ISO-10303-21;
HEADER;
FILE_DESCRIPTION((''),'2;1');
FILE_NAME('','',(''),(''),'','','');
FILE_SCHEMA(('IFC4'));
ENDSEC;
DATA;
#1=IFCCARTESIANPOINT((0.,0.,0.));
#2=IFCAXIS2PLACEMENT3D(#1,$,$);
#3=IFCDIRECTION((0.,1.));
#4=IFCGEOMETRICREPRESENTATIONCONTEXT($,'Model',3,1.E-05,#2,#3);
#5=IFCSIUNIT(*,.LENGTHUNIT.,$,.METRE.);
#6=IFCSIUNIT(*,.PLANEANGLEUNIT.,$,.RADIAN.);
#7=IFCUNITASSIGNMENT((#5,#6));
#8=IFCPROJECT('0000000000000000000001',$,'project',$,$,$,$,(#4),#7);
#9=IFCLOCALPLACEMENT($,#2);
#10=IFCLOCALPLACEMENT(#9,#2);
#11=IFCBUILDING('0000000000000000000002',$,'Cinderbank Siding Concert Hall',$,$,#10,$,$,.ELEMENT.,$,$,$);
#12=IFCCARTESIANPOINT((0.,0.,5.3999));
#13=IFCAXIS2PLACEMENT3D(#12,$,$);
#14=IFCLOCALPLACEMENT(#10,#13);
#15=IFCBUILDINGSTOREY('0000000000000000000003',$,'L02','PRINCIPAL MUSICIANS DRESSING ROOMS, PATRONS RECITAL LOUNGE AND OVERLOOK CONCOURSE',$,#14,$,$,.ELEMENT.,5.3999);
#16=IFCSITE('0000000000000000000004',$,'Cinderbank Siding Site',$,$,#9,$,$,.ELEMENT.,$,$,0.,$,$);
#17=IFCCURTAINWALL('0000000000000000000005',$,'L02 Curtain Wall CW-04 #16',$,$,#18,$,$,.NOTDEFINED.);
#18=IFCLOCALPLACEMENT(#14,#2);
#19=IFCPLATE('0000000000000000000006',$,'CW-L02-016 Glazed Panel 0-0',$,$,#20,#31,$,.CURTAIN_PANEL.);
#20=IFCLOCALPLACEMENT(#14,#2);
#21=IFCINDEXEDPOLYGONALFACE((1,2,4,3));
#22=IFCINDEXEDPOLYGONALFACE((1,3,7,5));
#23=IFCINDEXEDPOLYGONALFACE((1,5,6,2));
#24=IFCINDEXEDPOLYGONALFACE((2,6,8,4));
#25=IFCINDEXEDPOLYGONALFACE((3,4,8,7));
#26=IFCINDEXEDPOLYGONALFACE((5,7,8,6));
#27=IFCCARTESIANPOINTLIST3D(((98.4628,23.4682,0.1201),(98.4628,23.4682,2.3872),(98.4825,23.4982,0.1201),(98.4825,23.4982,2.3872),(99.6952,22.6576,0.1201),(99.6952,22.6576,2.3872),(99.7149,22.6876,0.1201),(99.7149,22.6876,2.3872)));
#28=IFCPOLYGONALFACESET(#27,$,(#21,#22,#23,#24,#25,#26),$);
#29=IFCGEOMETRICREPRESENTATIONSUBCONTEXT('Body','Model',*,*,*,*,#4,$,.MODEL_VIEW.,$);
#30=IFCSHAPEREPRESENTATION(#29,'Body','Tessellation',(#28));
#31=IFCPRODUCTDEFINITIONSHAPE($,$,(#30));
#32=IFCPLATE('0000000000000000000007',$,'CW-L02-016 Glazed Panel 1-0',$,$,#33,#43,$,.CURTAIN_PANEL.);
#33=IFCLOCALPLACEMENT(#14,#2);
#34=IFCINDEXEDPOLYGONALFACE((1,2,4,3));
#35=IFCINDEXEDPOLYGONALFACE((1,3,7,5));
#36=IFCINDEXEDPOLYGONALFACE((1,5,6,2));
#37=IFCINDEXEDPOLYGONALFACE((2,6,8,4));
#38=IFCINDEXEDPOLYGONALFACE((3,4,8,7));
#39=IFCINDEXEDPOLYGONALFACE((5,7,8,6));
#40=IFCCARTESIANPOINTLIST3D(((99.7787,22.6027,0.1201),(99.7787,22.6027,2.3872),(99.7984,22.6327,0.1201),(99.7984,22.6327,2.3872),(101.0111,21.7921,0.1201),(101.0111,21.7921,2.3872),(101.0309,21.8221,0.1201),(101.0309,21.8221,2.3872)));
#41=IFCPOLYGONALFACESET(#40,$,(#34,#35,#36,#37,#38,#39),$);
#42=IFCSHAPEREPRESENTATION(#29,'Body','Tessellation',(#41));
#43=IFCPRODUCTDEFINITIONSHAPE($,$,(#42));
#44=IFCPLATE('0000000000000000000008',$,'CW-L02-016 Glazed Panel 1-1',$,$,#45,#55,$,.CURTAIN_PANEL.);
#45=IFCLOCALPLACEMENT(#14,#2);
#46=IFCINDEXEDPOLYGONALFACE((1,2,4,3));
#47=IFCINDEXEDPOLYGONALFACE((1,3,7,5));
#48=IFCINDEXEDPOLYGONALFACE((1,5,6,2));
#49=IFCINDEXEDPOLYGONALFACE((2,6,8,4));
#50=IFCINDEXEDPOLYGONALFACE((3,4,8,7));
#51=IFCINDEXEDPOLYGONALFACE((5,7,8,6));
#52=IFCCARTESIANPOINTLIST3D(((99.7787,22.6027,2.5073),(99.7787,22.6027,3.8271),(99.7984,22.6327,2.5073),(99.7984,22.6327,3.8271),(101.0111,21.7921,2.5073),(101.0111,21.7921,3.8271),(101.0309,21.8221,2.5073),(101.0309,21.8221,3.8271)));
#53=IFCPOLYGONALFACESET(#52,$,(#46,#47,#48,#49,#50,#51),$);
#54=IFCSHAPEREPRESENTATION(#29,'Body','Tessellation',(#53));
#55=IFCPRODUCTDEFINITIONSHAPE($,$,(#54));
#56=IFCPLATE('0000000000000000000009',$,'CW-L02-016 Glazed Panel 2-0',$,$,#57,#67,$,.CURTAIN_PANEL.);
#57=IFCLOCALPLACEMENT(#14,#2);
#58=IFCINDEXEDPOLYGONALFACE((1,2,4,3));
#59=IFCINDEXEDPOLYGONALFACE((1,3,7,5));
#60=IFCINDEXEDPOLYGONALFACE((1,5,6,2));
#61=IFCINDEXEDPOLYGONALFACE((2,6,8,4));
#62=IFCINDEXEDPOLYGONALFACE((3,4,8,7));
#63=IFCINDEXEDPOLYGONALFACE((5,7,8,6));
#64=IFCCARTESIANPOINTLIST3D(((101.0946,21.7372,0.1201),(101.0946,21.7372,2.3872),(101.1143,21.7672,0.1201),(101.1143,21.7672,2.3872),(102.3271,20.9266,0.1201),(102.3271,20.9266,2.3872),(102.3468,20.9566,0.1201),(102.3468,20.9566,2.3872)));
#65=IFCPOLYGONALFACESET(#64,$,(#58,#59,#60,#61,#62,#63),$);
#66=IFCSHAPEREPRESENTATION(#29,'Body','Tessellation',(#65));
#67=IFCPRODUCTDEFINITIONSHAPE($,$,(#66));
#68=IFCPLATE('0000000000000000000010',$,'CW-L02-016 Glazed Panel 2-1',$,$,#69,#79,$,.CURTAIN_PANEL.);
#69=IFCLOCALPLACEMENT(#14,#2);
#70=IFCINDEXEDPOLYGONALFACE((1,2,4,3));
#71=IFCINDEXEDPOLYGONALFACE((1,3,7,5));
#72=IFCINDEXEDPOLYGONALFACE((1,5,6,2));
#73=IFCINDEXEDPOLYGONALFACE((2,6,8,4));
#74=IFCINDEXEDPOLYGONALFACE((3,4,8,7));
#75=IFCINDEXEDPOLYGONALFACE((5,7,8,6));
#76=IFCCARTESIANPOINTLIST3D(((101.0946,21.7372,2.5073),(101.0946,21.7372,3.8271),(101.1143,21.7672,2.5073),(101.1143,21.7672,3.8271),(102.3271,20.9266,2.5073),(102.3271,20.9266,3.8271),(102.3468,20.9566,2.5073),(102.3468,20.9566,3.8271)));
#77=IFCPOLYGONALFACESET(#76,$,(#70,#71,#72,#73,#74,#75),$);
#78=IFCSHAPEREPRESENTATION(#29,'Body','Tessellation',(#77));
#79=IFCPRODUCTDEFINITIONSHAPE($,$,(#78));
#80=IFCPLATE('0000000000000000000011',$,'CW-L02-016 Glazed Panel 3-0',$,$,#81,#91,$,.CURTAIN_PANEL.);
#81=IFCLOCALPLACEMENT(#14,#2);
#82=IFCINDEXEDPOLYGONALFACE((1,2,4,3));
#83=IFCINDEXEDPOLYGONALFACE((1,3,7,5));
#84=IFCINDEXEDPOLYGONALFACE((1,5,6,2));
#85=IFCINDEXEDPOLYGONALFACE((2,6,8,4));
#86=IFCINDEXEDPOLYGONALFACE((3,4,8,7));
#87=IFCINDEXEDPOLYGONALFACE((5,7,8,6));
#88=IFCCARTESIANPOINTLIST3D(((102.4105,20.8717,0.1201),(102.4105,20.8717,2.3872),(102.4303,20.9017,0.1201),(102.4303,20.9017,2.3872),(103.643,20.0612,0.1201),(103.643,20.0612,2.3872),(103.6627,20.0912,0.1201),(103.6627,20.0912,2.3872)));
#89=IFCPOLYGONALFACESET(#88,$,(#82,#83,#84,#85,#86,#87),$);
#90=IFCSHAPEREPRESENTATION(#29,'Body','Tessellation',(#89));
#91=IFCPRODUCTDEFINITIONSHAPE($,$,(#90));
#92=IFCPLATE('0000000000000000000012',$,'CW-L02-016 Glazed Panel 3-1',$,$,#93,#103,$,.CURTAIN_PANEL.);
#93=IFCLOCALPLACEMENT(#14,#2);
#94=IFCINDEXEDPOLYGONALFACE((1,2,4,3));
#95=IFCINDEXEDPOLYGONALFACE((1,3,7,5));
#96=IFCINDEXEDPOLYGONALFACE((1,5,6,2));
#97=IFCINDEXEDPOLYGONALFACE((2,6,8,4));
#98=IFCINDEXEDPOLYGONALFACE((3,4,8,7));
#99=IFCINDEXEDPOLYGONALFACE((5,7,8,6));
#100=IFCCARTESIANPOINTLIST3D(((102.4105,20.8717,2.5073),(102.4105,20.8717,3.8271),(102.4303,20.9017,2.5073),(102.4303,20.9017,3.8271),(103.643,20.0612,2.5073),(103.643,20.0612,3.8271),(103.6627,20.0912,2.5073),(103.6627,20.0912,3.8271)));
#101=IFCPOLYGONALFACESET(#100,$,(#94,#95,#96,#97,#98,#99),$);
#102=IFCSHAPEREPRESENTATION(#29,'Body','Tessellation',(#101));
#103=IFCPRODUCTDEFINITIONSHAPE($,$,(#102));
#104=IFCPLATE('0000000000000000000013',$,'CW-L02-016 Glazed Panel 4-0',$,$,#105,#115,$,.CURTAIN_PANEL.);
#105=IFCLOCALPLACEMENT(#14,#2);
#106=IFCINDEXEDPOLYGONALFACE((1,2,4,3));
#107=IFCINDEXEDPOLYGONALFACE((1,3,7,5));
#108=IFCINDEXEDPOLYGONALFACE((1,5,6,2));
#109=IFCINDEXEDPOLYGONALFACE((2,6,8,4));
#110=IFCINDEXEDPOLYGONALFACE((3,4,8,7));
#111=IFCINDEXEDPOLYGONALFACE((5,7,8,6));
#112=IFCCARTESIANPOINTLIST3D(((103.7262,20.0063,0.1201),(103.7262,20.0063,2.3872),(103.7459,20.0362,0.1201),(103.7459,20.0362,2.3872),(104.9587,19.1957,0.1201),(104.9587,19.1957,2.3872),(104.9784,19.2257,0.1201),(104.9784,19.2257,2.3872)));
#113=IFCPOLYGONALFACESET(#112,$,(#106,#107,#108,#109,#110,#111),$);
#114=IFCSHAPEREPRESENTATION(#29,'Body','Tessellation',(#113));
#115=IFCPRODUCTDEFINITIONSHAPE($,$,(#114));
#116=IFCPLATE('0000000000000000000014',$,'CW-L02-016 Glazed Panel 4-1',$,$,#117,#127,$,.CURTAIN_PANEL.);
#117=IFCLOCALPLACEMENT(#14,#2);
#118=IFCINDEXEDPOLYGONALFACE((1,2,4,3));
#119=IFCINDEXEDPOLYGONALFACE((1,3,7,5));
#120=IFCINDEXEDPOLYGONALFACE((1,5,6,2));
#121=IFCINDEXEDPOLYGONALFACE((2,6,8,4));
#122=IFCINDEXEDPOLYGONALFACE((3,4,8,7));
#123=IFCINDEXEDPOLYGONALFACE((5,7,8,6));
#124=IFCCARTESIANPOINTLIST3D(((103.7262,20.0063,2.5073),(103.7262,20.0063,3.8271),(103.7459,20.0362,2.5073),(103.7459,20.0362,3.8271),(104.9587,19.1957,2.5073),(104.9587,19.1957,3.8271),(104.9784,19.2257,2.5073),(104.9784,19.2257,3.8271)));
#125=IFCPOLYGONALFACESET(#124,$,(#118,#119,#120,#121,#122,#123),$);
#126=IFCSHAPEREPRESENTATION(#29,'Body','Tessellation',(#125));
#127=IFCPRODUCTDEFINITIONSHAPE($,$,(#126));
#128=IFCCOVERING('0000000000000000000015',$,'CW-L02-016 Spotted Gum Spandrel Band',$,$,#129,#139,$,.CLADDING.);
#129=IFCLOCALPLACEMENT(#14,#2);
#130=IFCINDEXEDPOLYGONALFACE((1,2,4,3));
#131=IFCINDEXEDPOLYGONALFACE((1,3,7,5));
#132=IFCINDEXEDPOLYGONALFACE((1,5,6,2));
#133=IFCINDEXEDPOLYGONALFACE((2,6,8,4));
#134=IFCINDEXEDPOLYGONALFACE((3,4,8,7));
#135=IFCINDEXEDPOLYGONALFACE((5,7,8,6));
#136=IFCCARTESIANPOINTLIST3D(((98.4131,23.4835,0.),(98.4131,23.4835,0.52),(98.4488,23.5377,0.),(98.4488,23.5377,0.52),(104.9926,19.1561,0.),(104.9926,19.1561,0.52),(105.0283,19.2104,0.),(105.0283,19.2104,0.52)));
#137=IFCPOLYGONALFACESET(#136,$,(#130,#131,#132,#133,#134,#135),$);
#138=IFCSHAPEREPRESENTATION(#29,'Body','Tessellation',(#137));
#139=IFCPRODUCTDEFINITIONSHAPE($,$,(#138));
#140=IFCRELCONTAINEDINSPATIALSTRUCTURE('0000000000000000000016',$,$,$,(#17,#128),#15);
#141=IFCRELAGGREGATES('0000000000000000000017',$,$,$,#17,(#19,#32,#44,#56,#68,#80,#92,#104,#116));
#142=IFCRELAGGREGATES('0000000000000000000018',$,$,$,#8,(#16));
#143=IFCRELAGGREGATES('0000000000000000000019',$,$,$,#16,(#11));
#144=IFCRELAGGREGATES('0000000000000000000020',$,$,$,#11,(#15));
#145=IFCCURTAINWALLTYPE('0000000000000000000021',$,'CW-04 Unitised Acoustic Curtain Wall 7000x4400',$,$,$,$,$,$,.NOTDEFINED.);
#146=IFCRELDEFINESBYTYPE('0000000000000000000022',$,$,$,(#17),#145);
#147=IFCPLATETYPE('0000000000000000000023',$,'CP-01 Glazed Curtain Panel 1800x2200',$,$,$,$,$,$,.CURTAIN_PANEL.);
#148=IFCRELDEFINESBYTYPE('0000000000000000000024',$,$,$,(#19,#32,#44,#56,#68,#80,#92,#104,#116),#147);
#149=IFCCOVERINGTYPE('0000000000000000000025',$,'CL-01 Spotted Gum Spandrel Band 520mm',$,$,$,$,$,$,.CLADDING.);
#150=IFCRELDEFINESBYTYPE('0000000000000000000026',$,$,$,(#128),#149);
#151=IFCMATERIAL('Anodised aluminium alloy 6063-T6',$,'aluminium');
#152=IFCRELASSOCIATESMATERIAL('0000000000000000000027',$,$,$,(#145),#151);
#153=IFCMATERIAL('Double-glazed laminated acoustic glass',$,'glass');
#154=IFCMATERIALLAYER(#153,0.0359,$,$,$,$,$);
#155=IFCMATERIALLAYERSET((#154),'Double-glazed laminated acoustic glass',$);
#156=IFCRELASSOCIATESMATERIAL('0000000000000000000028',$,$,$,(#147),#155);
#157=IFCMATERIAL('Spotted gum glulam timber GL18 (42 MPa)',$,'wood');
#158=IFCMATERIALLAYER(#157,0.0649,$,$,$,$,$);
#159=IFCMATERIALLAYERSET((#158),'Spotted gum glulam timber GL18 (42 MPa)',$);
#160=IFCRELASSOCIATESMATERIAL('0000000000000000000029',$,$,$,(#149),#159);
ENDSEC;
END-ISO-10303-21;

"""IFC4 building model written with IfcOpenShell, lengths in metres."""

from ifc_helpers import new_model, si_unit, direction, frame, origin, origin_2d, place, context, subcontext, project, spatial, rectangle, extrude, material, layer, layer_set, type_object, element, aggregate, save


model = new_model("IFC4")

# Units and contexts
model_context = context("Model", 3, precision=1e-05, world=origin(), true_north=direction((0.0, 1.0)))
body_context = subcontext(model_context, "Body", "Model", "MODEL_VIEW")
ifc_project = project(units=[si_unit("LENGTHUNIT", "METRE"), si_unit("PLANEANGLEUNIT", "RADIAN")], contexts=[model_context])

# Site, building, storey
site_placement = place(None, origin())
site = spatial("IfcSite", under=ifc_project, at=site_placement, Name="Cinderbank Siding Site", CompositionType="ELEMENT", RefElevation=0.0)
building_placement = place(site_placement, origin())
building = spatial("IfcBuilding", under=site, at=building_placement, Name="Cinderbank Siding Concert Hall", CompositionType="ELEMENT")
storey_placement = place(building_placement, frame((0.0, 0.0, 5.3999)))
storey = spatial("IfcBuildingStorey", under=building, at=storey_placement, Name="L02", Description="PRINCIPAL MUSICIANS DRESSING ROOMS, PATRONS RECITAL LOUNGE AND OVERLOOK CONCOURSE", CompositionType="ELEMENT", Elevation=5.3999)

# Curtain wall, plates
ifc_material_1 = material(Name="Anodised aluminium alloy 6063-T6", Category="aluminium")
curtain_wall_type = type_object("IfcCurtainWallType", Name="CW-04 Unitised Acoustic Curtain Wall 7000x4400", PredefinedType="NOTDEFINED", material=ifc_material_1)
curtain_wall_placement = place(storey_placement, origin())
curtain_wall = element("IfcCurtainWall", 1, at=curtain_wall_placement, inside=storey, type_object=curtain_wall_type, Name="L02 Curtain Wall CW-04 #16", PredefinedType="NOTDEFINED")
ifc_material_2 = material(Name="Double-glazed laminated acoustic glass", Category="glass")
ifc_layer_1 = layer(ifc_material_2, 0.0359)
ifc_layer_set_1 = layer_set([ifc_layer_1], Name="Double-glazed laminated acoustic glass")
plate_type = type_object("IfcPlateType", Name="CP-01 Glazed Curtain Panel 1800x2200", PredefinedType="CURTAIN_PANEL", material=ifc_layer_set_1)
plate_1_placement = place(storey_placement, frame((99.0889, 23.0779, 0.1201), z_axis=(0.0, 0.0, 1.0), x_axis=(0.835492, -0.549503, 0.0)))
plate_1 = element("IfcPlate", 2, at=plate_1_placement, type_object=plate_type, Name="CW-L02-016 Glazed Panel 0-0", PredefinedType="CURTAIN_PANEL", context=body_context, shape_type="SweptSolid", body=[
    extrude(rectangle(XDim=1.4751, YDim=0.0359, at=origin_2d()), origin(), (0.0, 0.0, 1.0), 2.2671),
])
plate_2_placement = place(storey_placement, frame((100.4048, 22.2124, 0.1201), z_axis=(0.0, 0.0, 1.0), x_axis=(0.835492, -0.549503, 0.0)))
plate_2 = element("IfcPlate", 3, at=plate_2_placement, type_object=plate_type, Name="CW-L02-016 Glazed Panel 1-0", PredefinedType="CURTAIN_PANEL", context=body_context, shape_type="SweptSolid", body=[
    extrude(rectangle(XDim=1.4751, YDim=0.0359, at=origin_2d()), origin(), (0.0, 0.0, 1.0), 2.2671),
])
plate_3_placement = place(storey_placement, frame((100.4048, 22.2124, 2.5073), z_axis=(0.0, 0.0, 1.0), x_axis=(0.835492, -0.549503, 0.0)))
plate_3 = element("IfcPlate", 4, at=plate_3_placement, type_object=plate_type, Name="CW-L02-016 Glazed Panel 1-1", PredefinedType="CURTAIN_PANEL", context=body_context, shape_type="SweptSolid", body=[
    extrude(rectangle(XDim=1.4751, YDim=0.0359, at=origin_2d()), origin(), (0.0, 0.0, 1.0), 1.3198),
])
plate_4_placement = place(storey_placement, frame((101.7207, 21.3469, 0.1201), z_axis=(0.0, 0.0, 1.0), x_axis=(0.835492, -0.549503, 0.0)))
plate_4 = element("IfcPlate", 5, at=plate_4_placement, type_object=plate_type, Name="CW-L02-016 Glazed Panel 2-0", PredefinedType="CURTAIN_PANEL", context=body_context, shape_type="SweptSolid", body=[
    extrude(rectangle(XDim=1.4751, YDim=0.0359, at=origin_2d()), origin(), (0.0, 0.0, 1.0), 2.2671),
])
plate_5_placement = place(storey_placement, frame((101.7207, 21.3469, 2.5073), z_axis=(0.0, 0.0, 1.0), x_axis=(0.835492, -0.549503, 0.0)))
plate_5 = element("IfcPlate", 6, at=plate_5_placement, type_object=plate_type, Name="CW-L02-016 Glazed Panel 2-1", PredefinedType="CURTAIN_PANEL", context=body_context, shape_type="SweptSolid", body=[
    extrude(rectangle(XDim=1.4751, YDim=0.0359, at=origin_2d()), origin(), (0.0, 0.0, 1.0), 1.3198),
])
plate_6_placement = place(storey_placement, frame((103.0366, 20.4814, 0.1201), z_axis=(0.0, 0.0, 1.0), x_axis=(0.835492, -0.549503, 0.0)))
plate_6 = element("IfcPlate", 7, at=plate_6_placement, type_object=plate_type, Name="CW-L02-016 Glazed Panel 3-0", PredefinedType="CURTAIN_PANEL", context=body_context, shape_type="SweptSolid", body=[
    extrude(rectangle(XDim=1.4751, YDim=0.0359, at=origin_2d()), origin(), (0.0, 0.0, 1.0), 2.2671),
])
plate_7_placement = place(storey_placement, frame((103.0366, 20.4814, 2.5073), z_axis=(0.0, 0.0, 1.0), x_axis=(0.835492, -0.549503, 0.0)))
plate_7 = element("IfcPlate", 8, at=plate_7_placement, type_object=plate_type, Name="CW-L02-016 Glazed Panel 3-1", PredefinedType="CURTAIN_PANEL", context=body_context, shape_type="SweptSolid", body=[
    extrude(rectangle(XDim=1.4751, YDim=0.0359, at=origin_2d()), origin(), (0.0, 0.0, 1.0), 1.3198),
])
plate_8_placement = place(storey_placement, frame((104.3523, 19.616, 0.1201), z_axis=(0.0, 0.0, 1.0), x_axis=(0.835492, -0.549503, 0.0)))
plate_8 = element("IfcPlate", 9, at=plate_8_placement, type_object=plate_type, Name="CW-L02-016 Glazed Panel 4-0", PredefinedType="CURTAIN_PANEL", context=body_context, shape_type="SweptSolid", body=[
    extrude(rectangle(XDim=1.4751, YDim=0.0359, at=origin_2d()), origin(), (0.0, 0.0, 1.0), 2.2671),
])
plate_9_placement = place(storey_placement, frame((104.3523, 19.616, 2.5073), z_axis=(0.0, 0.0, 1.0), x_axis=(0.835492, -0.549503, 0.0)))
plate_9 = element("IfcPlate", 10, at=plate_9_placement, type_object=plate_type, Name="CW-L02-016 Glazed Panel 4-1", PredefinedType="CURTAIN_PANEL", context=body_context, shape_type="SweptSolid", body=[
    extrude(rectangle(XDim=1.4751, YDim=0.0359, at=origin_2d()), origin(), (0.0, 0.0, 1.0), 1.3198),
])
aggregate(curtain_wall, [plate_1, plate_2, plate_3, plate_4, plate_5, plate_6, plate_7, plate_8, plate_9])

# Covering
ifc_material_3 = material(Name="Spotted gum glulam timber GL18 (42 MPa)", Category="wood")
ifc_layer_2 = layer(ifc_material_3, 0.0649)
ifc_layer_set_2 = layer_set([ifc_layer_2], Name="Spotted gum glulam timber GL18 (42 MPa)")
covering_type = type_object("IfcCoveringType", Name="CL-01 Spotted Gum Spandrel Band 520mm", PredefinedType="CLADDING", material=ifc_layer_set_2)
covering_placement = place(storey_placement, frame((101.7207, 21.3469, 0.0), z_axis=(0.0, 0.0, 1.0), x_axis=(0.835492, -0.549503, 0.0)))
element("IfcCovering", 11, at=covering_placement, inside=storey, type_object=covering_type, Name="CW-L02-016 Spotted Gum Spandrel Band", PredefinedType="CLADDING", context=body_context, shape_type="SweptSolid", body=[
    extrude(rectangle(XDim=7.875, YDim=0.0649, at=origin_2d()), origin(), (0.0, 0.0, 1.0), 0.52),
])

save(model, "model.ifc")
